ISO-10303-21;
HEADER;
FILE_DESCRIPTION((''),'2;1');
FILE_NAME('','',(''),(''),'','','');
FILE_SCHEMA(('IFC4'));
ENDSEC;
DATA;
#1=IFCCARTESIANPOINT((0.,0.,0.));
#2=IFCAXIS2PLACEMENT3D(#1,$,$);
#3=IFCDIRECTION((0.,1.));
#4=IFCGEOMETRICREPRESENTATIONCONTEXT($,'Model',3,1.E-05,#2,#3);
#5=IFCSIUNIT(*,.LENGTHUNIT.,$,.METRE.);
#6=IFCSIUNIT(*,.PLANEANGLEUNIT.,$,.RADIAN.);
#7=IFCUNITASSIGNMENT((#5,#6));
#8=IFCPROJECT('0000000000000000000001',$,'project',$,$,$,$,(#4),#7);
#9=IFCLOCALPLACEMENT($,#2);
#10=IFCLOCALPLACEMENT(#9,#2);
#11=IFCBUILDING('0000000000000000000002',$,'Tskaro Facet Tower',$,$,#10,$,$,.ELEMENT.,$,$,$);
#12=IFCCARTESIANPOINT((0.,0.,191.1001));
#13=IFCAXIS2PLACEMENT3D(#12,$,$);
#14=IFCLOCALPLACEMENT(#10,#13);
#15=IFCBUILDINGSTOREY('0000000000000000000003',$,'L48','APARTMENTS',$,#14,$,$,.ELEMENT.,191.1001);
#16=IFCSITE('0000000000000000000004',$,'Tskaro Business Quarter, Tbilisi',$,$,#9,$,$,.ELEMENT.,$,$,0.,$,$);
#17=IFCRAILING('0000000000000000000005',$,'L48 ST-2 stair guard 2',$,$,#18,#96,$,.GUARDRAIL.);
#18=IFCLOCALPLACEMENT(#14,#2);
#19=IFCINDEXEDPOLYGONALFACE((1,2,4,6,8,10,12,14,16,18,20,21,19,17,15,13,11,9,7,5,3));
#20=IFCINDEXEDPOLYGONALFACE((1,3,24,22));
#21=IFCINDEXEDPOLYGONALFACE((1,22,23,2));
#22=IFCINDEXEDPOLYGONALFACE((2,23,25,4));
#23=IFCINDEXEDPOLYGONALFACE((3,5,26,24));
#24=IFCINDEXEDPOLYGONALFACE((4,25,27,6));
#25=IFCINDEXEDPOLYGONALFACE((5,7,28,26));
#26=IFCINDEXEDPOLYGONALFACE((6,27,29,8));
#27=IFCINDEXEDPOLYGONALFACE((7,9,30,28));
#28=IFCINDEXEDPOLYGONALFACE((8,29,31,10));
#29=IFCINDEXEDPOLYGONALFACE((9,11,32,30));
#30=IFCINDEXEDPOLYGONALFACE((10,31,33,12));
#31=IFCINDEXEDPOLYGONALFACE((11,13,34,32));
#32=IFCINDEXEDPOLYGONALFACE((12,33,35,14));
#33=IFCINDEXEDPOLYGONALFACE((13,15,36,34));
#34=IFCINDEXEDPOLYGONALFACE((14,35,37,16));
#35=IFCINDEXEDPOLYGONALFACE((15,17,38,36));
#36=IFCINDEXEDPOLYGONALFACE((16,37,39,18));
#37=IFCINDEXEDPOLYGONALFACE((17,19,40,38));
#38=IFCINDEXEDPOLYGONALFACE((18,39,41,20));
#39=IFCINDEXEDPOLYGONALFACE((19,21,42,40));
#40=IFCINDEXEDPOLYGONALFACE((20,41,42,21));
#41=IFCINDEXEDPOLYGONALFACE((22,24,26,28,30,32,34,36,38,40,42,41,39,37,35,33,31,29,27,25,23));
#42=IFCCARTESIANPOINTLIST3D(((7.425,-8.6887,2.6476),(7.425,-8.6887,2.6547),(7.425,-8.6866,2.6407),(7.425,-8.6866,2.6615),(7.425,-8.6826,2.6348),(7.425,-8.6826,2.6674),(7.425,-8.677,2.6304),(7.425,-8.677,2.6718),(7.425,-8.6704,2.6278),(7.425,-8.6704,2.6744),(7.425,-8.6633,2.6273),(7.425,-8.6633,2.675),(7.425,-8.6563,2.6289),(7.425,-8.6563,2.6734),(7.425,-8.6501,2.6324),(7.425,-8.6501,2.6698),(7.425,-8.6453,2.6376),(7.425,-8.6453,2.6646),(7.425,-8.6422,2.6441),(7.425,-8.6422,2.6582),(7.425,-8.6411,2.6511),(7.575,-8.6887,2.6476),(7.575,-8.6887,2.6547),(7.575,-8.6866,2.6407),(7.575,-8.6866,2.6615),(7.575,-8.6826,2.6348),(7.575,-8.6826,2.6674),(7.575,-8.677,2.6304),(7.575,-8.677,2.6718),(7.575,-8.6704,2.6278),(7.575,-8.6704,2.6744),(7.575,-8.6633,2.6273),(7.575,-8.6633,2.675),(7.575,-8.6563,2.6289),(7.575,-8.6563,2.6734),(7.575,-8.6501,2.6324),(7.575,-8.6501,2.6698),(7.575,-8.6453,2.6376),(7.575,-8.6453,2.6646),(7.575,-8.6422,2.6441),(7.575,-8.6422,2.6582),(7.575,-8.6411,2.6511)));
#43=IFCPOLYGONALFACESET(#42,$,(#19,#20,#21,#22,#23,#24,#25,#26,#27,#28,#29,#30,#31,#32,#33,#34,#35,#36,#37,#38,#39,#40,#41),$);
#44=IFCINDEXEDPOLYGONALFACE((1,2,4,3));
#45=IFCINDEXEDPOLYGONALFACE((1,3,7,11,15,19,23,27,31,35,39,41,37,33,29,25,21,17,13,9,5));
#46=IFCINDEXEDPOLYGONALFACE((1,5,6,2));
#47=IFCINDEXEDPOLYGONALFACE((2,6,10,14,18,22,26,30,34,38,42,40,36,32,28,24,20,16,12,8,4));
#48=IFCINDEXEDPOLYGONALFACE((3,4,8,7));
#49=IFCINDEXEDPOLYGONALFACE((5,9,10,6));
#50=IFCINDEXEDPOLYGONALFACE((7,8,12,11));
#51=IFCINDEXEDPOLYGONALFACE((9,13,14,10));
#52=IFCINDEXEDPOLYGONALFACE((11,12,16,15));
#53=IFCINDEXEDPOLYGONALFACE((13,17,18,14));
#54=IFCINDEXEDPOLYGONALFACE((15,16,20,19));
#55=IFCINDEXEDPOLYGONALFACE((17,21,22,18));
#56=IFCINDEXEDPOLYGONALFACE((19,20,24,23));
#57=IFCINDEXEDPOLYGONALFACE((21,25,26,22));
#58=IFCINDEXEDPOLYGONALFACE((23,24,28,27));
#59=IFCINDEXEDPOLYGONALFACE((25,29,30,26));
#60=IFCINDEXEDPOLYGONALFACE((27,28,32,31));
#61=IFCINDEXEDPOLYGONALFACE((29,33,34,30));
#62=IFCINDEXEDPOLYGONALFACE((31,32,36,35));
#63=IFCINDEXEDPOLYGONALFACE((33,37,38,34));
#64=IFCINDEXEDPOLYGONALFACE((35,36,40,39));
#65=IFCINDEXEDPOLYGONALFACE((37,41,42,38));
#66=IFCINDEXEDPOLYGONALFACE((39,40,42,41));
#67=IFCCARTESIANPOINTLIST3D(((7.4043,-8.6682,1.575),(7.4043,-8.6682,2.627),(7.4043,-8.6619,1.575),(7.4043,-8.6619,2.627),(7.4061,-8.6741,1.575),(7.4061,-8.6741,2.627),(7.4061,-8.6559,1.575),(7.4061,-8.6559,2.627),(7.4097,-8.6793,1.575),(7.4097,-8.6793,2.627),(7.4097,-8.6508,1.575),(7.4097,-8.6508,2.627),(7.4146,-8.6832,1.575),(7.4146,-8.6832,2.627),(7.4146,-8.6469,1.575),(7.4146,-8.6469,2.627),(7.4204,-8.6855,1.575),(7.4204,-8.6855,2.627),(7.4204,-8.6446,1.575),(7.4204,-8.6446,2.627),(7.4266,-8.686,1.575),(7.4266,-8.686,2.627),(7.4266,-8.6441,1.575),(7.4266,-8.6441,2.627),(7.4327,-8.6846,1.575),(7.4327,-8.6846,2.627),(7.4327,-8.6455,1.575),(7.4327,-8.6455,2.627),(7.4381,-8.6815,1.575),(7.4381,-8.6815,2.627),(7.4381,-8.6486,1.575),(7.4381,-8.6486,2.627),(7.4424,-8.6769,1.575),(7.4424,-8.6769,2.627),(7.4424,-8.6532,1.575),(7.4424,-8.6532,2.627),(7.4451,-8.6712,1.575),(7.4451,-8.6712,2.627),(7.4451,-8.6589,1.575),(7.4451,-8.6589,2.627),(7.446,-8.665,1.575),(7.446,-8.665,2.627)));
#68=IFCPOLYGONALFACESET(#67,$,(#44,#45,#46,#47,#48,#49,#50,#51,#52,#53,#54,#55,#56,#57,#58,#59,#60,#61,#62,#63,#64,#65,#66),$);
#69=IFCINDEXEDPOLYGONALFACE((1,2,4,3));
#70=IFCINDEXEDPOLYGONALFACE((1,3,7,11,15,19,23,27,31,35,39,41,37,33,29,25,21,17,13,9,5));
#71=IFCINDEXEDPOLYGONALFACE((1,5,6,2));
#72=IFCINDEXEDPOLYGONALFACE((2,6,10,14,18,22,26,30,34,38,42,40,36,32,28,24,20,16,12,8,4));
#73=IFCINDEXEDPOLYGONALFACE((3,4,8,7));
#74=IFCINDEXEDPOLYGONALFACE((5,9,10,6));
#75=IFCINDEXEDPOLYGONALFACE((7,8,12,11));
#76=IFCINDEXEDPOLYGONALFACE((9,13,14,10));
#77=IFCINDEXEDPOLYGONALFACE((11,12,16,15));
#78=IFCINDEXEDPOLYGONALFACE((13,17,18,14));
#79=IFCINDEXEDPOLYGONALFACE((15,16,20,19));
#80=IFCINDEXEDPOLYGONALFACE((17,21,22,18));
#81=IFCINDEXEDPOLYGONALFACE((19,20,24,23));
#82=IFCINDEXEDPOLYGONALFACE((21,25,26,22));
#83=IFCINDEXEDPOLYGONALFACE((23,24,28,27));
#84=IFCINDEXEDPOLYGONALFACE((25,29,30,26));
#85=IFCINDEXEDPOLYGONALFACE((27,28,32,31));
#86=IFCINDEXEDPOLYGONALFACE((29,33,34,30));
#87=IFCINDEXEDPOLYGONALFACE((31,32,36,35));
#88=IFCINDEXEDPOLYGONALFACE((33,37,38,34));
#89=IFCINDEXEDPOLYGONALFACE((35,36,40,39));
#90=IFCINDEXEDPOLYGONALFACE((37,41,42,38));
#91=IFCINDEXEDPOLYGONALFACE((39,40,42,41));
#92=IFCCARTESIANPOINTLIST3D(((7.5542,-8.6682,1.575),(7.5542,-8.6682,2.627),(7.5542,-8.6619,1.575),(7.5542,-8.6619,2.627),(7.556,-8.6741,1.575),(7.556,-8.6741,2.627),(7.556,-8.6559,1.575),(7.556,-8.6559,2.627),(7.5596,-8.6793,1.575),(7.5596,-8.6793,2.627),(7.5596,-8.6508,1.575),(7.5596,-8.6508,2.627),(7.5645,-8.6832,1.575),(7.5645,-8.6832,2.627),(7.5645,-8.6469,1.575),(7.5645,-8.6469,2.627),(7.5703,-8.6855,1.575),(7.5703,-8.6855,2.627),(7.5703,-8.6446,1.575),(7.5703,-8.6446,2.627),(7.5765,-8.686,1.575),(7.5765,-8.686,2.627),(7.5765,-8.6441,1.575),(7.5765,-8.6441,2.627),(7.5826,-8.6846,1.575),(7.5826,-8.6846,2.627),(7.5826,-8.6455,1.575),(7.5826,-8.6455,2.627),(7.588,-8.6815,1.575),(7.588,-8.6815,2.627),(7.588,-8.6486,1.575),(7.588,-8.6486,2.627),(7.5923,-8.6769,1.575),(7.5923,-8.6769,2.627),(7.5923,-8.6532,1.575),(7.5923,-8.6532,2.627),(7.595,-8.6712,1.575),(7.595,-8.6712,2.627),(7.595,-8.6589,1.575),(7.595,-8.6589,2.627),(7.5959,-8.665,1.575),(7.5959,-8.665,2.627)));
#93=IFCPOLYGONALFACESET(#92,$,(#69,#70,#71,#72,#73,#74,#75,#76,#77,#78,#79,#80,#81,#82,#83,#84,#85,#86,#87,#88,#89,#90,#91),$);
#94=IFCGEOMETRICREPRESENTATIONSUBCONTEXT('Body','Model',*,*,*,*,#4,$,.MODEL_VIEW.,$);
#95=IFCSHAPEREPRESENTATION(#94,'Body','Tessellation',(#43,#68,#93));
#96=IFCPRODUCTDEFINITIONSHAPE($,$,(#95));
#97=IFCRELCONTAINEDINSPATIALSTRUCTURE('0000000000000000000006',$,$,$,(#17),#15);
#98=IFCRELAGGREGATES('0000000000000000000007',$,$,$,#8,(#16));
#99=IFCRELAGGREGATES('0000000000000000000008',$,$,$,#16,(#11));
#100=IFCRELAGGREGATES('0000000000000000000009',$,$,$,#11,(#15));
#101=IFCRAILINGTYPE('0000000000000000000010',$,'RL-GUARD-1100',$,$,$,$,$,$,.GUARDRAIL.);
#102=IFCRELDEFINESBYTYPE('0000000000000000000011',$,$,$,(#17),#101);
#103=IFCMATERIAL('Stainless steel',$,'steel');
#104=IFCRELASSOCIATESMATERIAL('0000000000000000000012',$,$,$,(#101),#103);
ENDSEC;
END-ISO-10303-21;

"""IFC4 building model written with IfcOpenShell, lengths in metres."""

from ifc_helpers import new_model, si_unit, direction, frame, origin, origin_2d, place, context, subcontext, project, spatial, circle, extrude, material, type_object, element, save


model = new_model("IFC4")

# Units and contexts
model_context = context("Model", 3, precision=1e-05, world=origin(), true_north=direction((0.0, 1.0)))
body_context = subcontext(model_context, "Body", "Model", "MODEL_VIEW")
ifc_project = project(units=[si_unit("LENGTHUNIT", "METRE"), si_unit("PLANEANGLEUNIT", "RADIAN")], contexts=[model_context])

# Site, building, storey
site_placement = place(None, origin())
site = spatial("IfcSite", under=ifc_project, at=site_placement, Name="Tskaro Business Quarter, Tbilisi", CompositionType="ELEMENT", RefElevation=0.0)
building_placement = place(site_placement, origin())
building = spatial("IfcBuilding", under=site, at=building_placement, Name="Tskaro Facet Tower", CompositionType="ELEMENT")
storey_placement = place(building_placement, frame((0.0, 0.0, 191.1001)))
storey = spatial("IfcBuildingStorey", under=building, at=storey_placement, Name="L48", Description="APARTMENTS", CompositionType="ELEMENT", Elevation=191.1001)

# Shared definitions
ifc_material_1 = material(Name="Stainless steel", Category="steel")

# Railing
railing_type_1 = type_object("IfcRailingType", Name="RL-GUARD-1100", PredefinedType="GUARDRAIL", material=ifc_material_1)
railing_1_placement = place(storey_placement, frame((7.425, -8.665, 1.575)))
element("IfcRailing", 1, at=railing_1_placement, inside=storey, type_object=railing_type_1, Name="L48 ST-2 stair guard 2", PredefinedType="GUARDRAIL", context=body_context, shape_type="SweptSolid", body=[
    extrude(circle(Radius=0.0239, at=origin_2d()), frame((0.0, 0.0, 1.0762), z_axis=(1.0, 0.0, 0.0), x_axis=(0.0, 1.0, 0.0)), (0.0, 0.0, 1.0), 0.1499),
    extrude(circle(Radius=0.021, at=origin_2d()), origin(), (0.0, 0.0, 1.0), 1.052),
    extrude(circle(Radius=0.021, at=origin_2d()), frame((0.1499, 0.0, 0.0)), (0.0, 0.0, 1.0), 1.052),
])

save(model, "model.ifc")
